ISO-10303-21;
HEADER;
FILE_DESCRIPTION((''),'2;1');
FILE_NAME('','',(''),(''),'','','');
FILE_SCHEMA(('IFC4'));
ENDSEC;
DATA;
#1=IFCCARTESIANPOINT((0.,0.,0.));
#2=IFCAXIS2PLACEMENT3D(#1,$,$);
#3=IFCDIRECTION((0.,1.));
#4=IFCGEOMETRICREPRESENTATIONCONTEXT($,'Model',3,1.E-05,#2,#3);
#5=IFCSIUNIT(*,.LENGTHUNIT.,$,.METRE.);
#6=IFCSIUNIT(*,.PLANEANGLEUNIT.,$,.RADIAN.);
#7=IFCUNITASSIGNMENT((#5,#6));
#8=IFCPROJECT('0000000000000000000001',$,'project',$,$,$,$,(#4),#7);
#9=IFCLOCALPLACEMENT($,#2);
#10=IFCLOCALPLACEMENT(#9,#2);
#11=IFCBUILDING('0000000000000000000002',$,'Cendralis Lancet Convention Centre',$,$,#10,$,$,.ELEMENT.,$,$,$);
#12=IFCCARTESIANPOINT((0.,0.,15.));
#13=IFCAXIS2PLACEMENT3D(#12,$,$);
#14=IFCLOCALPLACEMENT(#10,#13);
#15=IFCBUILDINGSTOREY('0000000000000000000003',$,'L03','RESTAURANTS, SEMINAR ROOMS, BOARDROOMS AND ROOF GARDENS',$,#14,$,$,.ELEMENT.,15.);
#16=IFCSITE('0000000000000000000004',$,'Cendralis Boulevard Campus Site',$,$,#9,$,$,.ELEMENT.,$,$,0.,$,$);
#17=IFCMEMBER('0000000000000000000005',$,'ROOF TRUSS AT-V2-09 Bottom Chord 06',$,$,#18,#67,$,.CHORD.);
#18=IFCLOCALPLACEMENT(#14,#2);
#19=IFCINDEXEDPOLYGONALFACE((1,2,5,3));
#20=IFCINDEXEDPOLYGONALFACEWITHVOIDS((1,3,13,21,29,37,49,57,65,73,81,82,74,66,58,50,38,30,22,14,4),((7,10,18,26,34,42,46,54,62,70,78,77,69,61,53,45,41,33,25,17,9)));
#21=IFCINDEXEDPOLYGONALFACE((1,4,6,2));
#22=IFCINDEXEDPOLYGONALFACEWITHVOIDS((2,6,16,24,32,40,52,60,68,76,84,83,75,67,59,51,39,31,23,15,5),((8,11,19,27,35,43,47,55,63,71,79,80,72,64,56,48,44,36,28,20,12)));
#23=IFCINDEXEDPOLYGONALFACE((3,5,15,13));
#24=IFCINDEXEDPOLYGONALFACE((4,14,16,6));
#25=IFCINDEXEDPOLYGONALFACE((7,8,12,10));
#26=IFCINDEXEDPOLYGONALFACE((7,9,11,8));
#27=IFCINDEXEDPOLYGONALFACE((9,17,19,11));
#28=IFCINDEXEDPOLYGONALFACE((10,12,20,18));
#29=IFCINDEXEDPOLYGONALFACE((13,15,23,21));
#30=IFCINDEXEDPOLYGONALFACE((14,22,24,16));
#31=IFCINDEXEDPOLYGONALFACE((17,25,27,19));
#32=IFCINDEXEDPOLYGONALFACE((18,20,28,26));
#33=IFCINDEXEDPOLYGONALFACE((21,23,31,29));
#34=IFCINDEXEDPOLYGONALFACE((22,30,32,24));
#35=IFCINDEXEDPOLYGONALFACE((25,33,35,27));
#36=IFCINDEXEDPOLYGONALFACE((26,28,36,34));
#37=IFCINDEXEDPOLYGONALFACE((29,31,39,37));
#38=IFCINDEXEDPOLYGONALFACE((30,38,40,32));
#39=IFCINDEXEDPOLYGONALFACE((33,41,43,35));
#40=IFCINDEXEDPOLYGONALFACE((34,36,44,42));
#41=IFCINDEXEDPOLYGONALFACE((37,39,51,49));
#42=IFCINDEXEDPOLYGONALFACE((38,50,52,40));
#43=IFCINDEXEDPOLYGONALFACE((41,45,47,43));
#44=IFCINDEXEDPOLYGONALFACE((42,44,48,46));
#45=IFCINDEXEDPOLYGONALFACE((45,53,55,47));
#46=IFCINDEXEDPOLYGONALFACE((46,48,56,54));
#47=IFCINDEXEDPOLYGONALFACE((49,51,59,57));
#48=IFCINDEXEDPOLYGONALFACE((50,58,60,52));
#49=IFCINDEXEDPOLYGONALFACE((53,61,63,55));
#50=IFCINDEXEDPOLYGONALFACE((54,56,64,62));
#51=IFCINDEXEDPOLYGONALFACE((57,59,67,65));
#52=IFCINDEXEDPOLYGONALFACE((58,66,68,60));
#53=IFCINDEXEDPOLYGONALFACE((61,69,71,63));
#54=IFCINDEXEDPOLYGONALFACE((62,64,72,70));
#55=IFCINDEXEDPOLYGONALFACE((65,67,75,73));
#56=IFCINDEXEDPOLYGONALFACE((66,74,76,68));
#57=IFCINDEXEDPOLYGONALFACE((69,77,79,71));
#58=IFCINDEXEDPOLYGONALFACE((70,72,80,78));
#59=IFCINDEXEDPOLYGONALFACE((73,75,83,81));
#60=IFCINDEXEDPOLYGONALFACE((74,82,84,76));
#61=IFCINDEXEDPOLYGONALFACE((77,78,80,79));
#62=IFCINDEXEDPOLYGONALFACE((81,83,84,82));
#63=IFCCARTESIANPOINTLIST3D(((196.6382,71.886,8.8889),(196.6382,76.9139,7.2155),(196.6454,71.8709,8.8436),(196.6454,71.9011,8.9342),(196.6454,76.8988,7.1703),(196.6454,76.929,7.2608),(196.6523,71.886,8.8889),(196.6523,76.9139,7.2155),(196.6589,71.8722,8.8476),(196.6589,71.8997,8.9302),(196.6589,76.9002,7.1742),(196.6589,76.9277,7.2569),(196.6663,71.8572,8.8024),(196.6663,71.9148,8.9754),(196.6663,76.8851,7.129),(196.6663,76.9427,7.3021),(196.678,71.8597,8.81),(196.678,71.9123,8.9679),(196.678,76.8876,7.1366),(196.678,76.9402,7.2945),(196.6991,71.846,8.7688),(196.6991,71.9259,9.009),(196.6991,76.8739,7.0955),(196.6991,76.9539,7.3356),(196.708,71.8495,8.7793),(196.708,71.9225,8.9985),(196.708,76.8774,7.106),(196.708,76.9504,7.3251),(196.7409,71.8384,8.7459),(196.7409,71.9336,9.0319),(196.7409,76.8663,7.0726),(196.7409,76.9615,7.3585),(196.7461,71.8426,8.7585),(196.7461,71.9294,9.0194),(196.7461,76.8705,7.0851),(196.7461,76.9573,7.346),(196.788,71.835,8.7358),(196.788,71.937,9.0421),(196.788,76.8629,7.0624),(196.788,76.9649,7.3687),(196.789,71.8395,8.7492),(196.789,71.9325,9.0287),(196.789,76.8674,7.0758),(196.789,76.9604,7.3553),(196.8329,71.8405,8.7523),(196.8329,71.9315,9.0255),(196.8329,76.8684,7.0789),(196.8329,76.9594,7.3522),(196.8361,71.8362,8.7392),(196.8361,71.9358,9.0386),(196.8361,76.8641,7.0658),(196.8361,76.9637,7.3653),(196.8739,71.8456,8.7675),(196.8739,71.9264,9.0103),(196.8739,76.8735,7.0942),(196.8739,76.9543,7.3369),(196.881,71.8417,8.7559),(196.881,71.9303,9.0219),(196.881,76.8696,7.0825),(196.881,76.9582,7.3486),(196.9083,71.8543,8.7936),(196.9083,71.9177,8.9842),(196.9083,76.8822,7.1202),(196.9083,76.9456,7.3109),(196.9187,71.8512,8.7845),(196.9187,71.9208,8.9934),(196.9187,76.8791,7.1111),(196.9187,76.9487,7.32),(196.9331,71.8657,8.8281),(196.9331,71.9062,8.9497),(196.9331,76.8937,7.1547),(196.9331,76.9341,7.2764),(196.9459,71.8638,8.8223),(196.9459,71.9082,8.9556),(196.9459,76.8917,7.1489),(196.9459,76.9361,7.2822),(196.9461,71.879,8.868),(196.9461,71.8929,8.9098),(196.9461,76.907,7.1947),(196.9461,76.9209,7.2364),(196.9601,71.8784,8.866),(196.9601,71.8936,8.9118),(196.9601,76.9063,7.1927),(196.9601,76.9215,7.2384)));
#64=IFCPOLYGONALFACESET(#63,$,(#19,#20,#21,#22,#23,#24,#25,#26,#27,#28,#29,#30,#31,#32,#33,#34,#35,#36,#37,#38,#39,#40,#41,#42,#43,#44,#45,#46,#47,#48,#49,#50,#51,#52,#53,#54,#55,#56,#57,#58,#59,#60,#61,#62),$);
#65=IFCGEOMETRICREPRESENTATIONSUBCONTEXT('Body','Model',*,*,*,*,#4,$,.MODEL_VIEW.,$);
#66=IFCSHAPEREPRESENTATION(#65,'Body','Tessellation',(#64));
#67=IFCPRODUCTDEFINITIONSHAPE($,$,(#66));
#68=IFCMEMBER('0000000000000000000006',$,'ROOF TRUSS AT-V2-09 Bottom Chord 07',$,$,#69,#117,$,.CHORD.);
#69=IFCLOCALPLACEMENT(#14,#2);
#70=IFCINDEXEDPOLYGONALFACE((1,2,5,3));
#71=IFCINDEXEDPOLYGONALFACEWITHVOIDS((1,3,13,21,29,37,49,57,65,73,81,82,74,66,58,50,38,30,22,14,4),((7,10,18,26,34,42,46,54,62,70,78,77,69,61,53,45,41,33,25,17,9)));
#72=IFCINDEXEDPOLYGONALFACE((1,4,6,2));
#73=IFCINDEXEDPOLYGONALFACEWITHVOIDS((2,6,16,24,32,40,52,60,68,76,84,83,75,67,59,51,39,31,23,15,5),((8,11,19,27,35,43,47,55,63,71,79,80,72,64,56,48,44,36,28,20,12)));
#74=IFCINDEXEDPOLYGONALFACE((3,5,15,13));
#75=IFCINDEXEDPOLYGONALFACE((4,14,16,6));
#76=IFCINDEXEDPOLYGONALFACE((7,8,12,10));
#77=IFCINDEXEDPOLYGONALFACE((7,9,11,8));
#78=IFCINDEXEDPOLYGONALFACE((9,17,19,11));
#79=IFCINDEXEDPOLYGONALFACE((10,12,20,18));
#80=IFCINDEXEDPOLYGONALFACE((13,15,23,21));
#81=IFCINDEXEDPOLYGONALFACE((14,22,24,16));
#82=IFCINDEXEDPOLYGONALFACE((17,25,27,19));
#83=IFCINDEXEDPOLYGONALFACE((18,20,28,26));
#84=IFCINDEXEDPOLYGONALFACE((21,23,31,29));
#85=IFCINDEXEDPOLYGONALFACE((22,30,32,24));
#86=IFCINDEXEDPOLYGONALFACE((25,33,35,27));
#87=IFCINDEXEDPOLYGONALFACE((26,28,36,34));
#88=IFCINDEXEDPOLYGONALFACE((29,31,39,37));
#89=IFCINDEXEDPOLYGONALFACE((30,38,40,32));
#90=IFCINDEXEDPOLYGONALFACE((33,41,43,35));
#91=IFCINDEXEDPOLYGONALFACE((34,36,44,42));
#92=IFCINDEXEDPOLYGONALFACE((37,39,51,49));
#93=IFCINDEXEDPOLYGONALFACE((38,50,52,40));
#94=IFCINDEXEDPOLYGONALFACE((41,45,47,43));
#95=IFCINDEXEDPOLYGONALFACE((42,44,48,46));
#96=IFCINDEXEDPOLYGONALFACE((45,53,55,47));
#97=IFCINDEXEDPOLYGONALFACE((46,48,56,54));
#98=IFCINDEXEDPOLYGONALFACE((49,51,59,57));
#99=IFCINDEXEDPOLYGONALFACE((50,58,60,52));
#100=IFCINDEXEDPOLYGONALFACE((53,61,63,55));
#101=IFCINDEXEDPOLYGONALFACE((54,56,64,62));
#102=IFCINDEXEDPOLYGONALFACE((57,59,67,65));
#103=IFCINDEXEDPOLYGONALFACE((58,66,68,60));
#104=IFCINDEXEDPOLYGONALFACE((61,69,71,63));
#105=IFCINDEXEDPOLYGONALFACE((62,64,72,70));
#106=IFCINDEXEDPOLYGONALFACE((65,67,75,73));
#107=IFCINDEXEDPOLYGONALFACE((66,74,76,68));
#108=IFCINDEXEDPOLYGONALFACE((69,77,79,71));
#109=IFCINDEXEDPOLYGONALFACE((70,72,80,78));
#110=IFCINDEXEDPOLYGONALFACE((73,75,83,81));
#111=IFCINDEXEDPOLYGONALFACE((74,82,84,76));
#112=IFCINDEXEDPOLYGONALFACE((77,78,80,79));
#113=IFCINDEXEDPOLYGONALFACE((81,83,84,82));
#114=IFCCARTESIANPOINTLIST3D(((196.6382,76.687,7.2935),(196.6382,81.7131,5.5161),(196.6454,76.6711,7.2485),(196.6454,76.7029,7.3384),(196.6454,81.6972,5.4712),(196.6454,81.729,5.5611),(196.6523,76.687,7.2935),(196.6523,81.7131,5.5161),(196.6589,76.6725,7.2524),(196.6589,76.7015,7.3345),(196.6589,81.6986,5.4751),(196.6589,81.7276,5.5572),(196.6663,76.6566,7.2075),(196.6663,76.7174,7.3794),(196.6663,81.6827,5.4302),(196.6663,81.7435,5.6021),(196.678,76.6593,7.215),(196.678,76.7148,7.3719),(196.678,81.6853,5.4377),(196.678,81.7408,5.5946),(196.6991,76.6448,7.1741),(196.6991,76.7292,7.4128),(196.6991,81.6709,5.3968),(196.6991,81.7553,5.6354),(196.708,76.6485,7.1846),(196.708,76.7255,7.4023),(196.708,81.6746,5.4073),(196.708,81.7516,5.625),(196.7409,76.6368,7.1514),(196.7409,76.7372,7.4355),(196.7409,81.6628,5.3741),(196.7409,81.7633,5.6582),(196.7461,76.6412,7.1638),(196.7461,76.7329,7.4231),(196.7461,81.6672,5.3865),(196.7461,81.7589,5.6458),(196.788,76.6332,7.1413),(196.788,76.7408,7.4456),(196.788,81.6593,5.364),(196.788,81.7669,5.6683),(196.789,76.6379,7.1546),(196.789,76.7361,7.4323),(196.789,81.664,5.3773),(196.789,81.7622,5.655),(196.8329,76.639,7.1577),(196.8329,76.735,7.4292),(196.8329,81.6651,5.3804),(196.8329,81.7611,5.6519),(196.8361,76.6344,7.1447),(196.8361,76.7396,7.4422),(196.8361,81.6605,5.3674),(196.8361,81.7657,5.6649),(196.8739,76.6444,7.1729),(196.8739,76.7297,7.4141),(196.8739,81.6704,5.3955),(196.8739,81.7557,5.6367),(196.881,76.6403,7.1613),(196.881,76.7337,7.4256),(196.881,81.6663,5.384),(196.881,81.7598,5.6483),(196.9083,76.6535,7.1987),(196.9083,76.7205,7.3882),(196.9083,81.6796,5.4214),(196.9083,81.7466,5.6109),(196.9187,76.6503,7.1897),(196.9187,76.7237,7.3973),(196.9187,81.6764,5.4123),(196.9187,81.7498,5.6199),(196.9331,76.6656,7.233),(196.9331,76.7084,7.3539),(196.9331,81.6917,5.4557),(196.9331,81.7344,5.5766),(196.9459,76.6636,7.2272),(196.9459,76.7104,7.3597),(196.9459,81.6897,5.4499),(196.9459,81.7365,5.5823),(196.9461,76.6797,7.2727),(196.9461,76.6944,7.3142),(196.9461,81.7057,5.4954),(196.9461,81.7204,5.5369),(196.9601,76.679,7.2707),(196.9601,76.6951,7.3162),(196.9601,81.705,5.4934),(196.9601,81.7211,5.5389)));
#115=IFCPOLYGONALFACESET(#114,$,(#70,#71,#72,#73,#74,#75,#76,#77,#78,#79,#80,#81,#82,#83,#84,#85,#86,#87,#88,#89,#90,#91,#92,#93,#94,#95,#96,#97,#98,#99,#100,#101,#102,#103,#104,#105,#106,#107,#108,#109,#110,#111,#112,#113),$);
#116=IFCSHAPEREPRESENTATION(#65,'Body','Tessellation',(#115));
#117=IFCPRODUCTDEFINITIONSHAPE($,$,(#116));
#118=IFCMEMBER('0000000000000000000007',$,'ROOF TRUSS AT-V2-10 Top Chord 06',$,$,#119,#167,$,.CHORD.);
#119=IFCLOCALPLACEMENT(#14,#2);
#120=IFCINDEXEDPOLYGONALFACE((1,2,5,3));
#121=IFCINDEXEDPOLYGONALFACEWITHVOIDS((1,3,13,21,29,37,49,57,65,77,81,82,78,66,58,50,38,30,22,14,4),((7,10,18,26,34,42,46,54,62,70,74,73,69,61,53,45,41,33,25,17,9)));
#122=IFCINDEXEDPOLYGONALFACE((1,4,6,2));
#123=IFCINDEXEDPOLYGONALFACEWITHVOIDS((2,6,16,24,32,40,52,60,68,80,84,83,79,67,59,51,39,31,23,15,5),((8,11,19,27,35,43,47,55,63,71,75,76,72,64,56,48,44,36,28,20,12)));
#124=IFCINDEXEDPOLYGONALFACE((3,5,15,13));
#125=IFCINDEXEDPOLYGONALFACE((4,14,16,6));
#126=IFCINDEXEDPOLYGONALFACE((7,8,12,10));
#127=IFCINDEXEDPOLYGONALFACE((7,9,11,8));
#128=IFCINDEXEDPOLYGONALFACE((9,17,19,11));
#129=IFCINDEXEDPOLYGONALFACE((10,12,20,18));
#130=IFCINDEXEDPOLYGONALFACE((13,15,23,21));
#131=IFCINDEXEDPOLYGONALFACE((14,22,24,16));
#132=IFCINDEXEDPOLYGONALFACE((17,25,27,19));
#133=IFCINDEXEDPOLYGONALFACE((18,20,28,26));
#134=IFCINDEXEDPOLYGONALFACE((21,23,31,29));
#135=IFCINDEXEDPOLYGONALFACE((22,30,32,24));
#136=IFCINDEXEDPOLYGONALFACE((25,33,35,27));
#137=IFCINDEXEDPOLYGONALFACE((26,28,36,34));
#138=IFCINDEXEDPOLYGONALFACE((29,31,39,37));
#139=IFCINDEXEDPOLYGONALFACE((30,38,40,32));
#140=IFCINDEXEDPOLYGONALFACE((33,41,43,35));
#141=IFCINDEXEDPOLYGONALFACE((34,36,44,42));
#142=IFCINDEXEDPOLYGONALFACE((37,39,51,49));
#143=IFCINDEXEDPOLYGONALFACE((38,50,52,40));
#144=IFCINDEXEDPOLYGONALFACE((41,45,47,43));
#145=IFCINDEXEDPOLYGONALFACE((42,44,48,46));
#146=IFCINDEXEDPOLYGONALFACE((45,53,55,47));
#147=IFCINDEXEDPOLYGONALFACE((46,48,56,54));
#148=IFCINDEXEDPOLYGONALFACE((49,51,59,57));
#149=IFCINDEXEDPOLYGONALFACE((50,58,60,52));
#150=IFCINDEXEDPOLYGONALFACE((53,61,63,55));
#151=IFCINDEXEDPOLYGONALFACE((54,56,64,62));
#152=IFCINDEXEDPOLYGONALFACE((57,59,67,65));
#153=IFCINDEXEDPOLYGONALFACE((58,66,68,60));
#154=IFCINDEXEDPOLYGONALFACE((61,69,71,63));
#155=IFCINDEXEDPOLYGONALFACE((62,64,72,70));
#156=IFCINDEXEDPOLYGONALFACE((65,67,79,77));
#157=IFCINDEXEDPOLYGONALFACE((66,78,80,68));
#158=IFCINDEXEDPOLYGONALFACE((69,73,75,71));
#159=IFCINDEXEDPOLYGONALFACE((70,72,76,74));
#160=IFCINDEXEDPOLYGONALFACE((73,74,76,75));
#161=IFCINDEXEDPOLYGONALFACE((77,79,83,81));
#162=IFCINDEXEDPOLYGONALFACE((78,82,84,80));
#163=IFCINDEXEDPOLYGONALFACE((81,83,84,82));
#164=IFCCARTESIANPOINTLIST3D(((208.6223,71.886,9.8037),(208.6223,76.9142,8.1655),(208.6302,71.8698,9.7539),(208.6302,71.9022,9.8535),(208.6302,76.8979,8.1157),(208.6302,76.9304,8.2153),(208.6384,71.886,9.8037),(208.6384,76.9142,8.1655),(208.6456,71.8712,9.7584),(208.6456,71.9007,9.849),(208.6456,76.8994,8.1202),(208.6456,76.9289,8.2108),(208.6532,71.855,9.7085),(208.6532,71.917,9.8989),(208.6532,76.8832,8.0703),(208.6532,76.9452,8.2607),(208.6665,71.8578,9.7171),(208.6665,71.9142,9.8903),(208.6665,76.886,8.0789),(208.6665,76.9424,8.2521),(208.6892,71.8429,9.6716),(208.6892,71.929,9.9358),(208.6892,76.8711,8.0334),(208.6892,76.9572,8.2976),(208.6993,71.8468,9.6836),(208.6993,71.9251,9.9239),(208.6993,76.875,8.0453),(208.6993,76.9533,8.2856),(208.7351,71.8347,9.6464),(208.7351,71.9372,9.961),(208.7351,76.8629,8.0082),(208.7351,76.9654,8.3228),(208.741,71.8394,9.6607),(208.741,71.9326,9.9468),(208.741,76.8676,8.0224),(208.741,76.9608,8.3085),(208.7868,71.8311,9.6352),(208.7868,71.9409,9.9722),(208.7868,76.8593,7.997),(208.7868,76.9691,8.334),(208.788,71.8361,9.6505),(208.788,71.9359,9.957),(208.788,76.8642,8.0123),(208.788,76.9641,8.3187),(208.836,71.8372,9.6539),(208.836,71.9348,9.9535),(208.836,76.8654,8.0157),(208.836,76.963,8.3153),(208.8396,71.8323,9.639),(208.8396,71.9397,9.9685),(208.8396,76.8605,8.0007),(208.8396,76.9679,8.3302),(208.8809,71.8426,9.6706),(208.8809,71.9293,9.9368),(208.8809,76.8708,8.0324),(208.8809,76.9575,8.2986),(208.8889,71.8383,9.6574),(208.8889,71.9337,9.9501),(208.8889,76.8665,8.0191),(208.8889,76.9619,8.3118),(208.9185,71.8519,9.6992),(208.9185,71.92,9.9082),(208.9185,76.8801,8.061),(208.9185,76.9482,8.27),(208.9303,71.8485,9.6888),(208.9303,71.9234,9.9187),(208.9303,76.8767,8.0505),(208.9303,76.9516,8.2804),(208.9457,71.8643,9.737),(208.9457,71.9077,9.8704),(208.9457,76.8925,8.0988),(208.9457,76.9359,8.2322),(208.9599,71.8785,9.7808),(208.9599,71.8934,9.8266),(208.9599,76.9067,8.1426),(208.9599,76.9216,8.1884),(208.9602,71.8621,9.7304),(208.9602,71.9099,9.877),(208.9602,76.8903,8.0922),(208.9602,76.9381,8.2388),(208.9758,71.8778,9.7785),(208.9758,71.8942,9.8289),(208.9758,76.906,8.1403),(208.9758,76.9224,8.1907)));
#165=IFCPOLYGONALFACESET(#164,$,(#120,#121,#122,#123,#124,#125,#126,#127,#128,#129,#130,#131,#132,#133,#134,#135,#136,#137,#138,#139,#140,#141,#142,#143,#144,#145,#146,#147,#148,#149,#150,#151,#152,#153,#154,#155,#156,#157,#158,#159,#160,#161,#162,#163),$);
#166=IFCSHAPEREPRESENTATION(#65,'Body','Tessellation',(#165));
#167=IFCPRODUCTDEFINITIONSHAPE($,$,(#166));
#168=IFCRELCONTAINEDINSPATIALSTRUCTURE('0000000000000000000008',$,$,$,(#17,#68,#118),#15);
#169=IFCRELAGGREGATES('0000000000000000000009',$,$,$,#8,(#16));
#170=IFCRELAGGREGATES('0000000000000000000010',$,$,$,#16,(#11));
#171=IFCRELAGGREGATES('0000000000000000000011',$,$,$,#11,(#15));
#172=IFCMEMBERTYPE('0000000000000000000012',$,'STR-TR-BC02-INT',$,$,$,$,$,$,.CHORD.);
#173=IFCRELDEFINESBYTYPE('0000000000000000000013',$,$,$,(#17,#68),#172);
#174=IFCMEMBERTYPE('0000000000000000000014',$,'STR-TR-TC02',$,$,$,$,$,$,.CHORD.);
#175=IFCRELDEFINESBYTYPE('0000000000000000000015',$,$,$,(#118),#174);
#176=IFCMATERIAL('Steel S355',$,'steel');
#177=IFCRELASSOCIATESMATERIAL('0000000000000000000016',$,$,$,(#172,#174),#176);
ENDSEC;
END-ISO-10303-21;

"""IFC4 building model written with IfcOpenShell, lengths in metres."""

from ifc_helpers import new_model, si_unit, direction, frame, origin, origin_2d, place, context, subcontext, project, spatial, hollow_circle, extrude, material, material_profile, profile_set, type_object, element, save


model = new_model("IFC4")

# Units and contexts
model_context = context("Model", 3, precision=1e-05, world=origin(), true_north=direction((0.0, 1.0)))
body_context = subcontext(model_context, "Body", "Model", "MODEL_VIEW")
ifc_project = project(units=[si_unit("LENGTHUNIT", "METRE"), si_unit("PLANEANGLEUNIT", "RADIAN")], contexts=[model_context])

# Site, building, storey
site_placement = place(None, origin())
site = spatial("IfcSite", under=ifc_project, at=site_placement, Name="Cendralis Boulevard Campus Site", CompositionType="ELEMENT", RefElevation=0.0)
building_placement = place(site_placement, origin())
building = spatial("IfcBuilding", under=site, at=building_placement, Name="Cendralis Lancet Convention Centre", CompositionType="ELEMENT")
storey_placement = place(building_placement, frame((0.0, 0.0, 15.0)))
storey = spatial("IfcBuildingStorey", under=building, at=storey_placement, Name="L03", Description="RESTAURANTS, SEMINAR ROOMS, BOARDROOMS AND ROOF GARDENS", CompositionType="ELEMENT", Elevation=15.0)

# Members
ifc_material_1 = material(Name="Steel S355", Category="steel")
ifc_material_profile_1 = material_profile(ifc_material_1, hollow_circle(Radius=0.1619, WallThickness=0.0142, at=origin_2d()), Name="CHS 323.9x14.2")
ifc_profile_set_1 = profile_set([ifc_material_profile_1], Name="Steel S355")
member_type_1 = type_object("IfcMemberType", Name="STR-TR-BC02-INT", PredefinedType="CHORD", material=ifc_profile_set_1)
member_1_placement = place(storey_placement, frame((196.8, 71.886, 8.8889), z_axis=(0.0, 0.948831, -0.315785), x_axis=(-1.0, 0.0, 0.0)))
element("IfcMember", 1, at=member_1_placement, inside=storey, type_object=member_type_1, Name="ROOF TRUSS AT-V2-09 Bottom Chord 06", PredefinedType="CHORD", context=body_context, shape_type="SweptSolid", body=[
    extrude(hollow_circle(Radius=0.1619, WallThickness=0.0142, at=origin_2d()), origin(), (0.0, 0.0, 1.0), 5.2991),
])
member_2_placement = place(storey_placement, frame((196.8, 76.687, 7.2935), z_axis=(0.0, 0.942789, -0.33339), x_axis=(-1.0, 0.0, 0.0)))
element("IfcMember", 2, at=member_2_placement, inside=storey, type_object=member_type_1, Name="ROOF TRUSS AT-V2-09 Bottom Chord 07", PredefinedType="CHORD", context=body_context, shape_type="SweptSolid", body=[
    extrude(hollow_circle(Radius=0.1619, WallThickness=0.0142, at=origin_2d()), origin(), (0.0, 0.0, 1.0), 5.3311),
])
ifc_material_profile_2 = material_profile(ifc_material_1, hollow_circle(Radius=0.1777, WallThickness=0.0161, at=origin_2d()), Name="CHS 355.6x16.0")
ifc_profile_set_2 = profile_set([ifc_material_profile_2], Name="Steel S355")
member_type_2 = type_object("IfcMemberType", Name="STR-TR-TC02", PredefinedType="CHORD", material=ifc_profile_set_2)
member_3_placement = place(storey_placement, frame((208.8, 71.886, 9.8037), z_axis=(0.0, 0.950808, -0.30978), x_axis=(-1.0, 0.0, 0.0)))
element("IfcMember", 3, at=member_3_placement, inside=storey, type_object=member_type_2, Name="ROOF TRUSS AT-V2-10 Top Chord 06", PredefinedType="CHORD", context=body_context, shape_type="SweptSolid", body=[
    extrude(hollow_circle(Radius=0.1777, WallThickness=0.0161, at=origin_2d()), origin(), (0.0, 0.0, 1.0), 5.2883),
])

save(model, "model.ifc")
